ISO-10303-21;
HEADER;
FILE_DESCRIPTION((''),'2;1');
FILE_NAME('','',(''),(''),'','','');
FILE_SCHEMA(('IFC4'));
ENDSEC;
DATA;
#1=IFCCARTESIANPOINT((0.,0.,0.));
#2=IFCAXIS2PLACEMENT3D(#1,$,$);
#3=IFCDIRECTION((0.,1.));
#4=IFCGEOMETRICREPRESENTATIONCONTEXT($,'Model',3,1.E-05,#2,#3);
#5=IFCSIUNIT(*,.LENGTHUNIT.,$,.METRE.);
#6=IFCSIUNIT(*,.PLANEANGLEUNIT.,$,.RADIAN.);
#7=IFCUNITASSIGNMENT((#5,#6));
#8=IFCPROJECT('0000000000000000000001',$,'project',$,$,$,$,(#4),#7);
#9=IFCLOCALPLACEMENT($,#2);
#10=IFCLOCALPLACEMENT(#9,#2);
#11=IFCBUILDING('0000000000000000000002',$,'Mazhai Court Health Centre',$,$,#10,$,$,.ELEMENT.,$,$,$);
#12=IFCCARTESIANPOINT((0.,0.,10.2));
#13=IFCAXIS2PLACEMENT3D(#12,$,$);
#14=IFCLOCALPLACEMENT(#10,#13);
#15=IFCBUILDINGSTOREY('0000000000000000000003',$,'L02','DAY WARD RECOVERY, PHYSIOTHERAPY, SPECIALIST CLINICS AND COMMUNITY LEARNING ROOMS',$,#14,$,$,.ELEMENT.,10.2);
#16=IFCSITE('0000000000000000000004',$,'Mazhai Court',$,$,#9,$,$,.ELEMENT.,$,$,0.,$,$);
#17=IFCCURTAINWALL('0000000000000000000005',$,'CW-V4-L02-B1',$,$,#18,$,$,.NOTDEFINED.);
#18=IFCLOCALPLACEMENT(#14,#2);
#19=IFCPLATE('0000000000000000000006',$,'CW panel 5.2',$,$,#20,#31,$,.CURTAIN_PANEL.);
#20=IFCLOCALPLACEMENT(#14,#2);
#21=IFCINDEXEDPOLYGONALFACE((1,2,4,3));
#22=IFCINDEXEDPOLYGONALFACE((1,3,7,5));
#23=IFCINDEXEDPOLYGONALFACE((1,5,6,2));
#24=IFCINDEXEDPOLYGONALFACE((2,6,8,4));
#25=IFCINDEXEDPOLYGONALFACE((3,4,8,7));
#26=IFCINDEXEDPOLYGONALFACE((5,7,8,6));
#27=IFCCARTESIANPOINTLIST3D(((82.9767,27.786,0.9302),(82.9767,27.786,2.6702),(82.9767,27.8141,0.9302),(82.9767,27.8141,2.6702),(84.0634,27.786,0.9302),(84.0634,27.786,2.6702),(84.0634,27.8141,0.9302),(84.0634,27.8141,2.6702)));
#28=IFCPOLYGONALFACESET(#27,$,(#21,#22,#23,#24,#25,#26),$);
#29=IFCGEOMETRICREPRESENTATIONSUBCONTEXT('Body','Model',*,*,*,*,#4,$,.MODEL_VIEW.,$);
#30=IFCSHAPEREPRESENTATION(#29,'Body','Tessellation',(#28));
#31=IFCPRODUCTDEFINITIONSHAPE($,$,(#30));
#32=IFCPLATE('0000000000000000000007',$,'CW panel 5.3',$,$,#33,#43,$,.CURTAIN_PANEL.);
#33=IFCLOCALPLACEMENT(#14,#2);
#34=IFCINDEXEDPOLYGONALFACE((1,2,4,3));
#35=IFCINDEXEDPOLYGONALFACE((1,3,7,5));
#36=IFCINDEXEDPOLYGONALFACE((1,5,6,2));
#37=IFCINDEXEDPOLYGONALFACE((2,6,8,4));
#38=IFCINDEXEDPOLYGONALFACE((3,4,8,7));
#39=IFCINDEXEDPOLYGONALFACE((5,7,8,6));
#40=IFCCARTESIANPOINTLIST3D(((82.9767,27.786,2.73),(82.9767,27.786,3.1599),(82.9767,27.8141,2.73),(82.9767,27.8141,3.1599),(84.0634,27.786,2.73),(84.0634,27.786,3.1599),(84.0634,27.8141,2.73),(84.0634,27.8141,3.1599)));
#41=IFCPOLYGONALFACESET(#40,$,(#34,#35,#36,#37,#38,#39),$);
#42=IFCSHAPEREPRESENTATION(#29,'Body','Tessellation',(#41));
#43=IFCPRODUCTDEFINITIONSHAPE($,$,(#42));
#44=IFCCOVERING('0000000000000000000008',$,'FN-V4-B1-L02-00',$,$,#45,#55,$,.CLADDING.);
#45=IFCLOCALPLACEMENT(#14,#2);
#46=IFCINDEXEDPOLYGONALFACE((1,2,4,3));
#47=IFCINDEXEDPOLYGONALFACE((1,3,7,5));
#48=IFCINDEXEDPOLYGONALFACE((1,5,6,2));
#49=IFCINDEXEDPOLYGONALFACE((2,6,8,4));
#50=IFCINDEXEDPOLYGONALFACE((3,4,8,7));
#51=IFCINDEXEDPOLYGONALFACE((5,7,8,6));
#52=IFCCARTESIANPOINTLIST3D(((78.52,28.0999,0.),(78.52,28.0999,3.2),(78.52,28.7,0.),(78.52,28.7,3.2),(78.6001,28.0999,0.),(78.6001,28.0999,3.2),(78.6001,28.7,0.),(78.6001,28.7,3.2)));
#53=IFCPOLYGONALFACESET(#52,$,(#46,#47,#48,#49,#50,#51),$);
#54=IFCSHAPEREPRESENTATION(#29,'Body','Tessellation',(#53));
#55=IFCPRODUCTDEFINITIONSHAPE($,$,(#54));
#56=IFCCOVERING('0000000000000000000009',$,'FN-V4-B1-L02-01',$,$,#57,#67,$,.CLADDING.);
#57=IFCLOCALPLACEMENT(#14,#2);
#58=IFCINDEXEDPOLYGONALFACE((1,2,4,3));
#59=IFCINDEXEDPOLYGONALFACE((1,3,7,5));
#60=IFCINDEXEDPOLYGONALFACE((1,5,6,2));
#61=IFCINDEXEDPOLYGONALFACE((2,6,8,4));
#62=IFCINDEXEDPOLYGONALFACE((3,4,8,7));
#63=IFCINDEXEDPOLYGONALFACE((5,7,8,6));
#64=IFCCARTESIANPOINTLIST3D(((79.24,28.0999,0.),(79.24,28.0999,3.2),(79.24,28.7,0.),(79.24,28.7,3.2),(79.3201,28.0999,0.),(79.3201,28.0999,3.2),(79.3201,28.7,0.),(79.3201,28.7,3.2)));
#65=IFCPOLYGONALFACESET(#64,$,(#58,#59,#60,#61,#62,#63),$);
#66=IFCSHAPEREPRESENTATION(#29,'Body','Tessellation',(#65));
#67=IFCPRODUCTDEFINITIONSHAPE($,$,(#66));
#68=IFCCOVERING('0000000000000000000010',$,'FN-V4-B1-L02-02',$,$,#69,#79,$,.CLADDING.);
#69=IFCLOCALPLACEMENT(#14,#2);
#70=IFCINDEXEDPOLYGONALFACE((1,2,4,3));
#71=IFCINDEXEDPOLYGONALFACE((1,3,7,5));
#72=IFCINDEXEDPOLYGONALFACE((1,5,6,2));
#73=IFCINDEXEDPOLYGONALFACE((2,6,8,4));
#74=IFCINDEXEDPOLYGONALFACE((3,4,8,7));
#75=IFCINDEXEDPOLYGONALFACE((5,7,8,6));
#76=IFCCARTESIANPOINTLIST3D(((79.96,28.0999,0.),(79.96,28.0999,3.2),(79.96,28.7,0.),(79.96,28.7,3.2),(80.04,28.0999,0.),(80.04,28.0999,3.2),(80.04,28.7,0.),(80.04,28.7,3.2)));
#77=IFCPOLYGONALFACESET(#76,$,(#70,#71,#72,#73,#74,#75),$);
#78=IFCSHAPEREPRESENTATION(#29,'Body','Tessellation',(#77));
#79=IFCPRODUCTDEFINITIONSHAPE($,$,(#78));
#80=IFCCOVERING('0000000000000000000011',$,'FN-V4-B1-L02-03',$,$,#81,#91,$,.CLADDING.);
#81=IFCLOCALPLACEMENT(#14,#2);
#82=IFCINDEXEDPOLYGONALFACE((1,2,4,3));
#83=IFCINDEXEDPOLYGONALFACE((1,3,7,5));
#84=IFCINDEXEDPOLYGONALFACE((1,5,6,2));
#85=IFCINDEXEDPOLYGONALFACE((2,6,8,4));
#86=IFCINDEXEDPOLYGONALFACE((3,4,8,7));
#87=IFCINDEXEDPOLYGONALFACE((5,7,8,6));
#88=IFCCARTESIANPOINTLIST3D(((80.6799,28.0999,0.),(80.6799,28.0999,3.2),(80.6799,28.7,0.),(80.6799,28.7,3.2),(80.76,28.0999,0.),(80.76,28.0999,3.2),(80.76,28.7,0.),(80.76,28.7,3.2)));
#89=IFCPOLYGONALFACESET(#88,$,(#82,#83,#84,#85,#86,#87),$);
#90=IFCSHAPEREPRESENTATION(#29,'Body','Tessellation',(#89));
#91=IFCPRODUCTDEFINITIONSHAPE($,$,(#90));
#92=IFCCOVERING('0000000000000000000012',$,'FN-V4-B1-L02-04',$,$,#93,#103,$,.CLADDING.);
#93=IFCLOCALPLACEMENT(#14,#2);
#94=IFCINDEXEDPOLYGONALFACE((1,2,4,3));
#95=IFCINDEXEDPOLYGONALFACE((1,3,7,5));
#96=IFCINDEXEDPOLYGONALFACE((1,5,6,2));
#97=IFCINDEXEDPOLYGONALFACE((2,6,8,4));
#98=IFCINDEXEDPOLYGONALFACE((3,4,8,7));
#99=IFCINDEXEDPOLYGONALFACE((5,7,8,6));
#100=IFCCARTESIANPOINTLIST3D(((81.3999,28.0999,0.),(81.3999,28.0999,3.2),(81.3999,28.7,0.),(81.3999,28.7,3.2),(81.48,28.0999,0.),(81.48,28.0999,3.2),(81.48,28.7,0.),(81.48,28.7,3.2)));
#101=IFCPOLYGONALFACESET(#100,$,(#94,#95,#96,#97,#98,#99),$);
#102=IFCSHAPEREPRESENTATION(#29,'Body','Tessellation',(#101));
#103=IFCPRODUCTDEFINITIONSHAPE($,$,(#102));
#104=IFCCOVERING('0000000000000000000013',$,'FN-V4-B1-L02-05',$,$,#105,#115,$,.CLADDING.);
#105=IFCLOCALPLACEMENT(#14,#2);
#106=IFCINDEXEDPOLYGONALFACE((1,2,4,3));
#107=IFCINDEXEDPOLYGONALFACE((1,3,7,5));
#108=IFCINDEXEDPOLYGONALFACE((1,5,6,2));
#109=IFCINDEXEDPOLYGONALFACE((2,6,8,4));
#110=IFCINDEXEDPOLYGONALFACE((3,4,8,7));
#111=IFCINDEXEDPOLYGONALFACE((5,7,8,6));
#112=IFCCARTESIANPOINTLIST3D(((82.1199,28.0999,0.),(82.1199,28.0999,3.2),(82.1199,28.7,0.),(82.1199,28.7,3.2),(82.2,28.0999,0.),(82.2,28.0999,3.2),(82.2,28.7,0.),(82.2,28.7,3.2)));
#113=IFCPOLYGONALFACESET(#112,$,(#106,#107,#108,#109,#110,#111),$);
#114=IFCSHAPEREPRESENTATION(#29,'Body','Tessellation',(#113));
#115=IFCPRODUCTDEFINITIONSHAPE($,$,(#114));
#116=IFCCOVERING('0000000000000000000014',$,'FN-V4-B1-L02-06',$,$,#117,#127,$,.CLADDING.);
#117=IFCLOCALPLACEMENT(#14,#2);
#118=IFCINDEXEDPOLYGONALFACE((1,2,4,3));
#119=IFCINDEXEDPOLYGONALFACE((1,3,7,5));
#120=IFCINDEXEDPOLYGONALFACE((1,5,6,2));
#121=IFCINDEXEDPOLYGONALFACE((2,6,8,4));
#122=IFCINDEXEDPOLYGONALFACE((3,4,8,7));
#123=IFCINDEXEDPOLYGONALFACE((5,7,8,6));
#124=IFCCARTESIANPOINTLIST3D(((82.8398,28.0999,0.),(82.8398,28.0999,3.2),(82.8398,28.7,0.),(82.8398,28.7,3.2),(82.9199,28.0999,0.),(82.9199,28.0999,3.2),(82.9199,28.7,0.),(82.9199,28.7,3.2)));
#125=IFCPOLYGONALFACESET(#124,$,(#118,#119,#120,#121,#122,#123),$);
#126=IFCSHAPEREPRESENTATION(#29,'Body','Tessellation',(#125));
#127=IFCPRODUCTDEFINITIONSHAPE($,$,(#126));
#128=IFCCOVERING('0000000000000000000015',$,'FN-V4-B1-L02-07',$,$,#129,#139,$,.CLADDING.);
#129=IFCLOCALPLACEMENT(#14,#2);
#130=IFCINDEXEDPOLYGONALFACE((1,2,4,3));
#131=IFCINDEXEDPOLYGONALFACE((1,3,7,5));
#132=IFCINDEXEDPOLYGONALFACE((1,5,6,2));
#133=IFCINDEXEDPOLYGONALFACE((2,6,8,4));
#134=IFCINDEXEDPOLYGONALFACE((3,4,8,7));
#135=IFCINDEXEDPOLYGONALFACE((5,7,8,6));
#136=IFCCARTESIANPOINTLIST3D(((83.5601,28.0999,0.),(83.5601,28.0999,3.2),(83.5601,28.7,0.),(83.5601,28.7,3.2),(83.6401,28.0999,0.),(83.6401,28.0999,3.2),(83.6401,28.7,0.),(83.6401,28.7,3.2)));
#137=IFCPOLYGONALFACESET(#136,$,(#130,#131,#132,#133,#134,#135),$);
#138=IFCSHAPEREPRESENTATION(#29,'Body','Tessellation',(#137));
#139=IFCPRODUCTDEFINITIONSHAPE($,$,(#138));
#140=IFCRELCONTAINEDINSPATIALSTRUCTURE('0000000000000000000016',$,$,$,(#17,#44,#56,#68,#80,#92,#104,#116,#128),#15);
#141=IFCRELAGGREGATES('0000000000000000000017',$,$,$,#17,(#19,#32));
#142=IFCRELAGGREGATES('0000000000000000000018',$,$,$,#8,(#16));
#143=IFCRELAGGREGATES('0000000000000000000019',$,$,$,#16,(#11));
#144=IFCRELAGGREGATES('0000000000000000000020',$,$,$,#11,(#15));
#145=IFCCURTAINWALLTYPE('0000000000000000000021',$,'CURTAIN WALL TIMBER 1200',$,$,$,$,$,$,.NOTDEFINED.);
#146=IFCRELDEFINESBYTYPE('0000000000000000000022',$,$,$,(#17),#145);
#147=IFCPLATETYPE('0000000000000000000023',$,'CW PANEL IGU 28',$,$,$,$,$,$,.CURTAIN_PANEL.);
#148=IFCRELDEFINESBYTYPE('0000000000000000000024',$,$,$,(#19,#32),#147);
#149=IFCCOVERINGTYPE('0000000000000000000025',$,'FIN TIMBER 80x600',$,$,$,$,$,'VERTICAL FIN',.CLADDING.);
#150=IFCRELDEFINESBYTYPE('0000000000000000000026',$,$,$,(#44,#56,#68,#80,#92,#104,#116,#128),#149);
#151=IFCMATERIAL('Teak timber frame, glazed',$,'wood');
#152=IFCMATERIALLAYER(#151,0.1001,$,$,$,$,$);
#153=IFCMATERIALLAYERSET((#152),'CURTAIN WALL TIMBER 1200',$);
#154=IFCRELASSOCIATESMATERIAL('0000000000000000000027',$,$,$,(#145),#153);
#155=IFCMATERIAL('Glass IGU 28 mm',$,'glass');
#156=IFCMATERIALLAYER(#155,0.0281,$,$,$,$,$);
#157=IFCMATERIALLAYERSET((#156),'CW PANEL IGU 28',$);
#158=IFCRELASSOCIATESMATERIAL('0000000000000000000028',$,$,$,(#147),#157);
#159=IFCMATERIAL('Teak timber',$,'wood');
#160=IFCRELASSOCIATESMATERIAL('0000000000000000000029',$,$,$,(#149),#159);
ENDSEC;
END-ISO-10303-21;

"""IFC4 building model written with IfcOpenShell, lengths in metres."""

from ifc_helpers import new_model, si_unit, direction, frame, origin, origin_2d, place, context, subcontext, project, spatial, rectangle, extrude, material, layer, layer_set, type_object, element, aggregate, save


model = new_model("IFC4")

# Units and contexts
model_context = context("Model", 3, precision=1e-05, world=origin(), true_north=direction((0.0, 1.0)))
body_context = subcontext(model_context, "Body", "Model", "MODEL_VIEW")
ifc_project = project(units=[si_unit("LENGTHUNIT", "METRE"), si_unit("PLANEANGLEUNIT", "RADIAN")], contexts=[model_context])

# Site, building, storey
site_placement = place(None, origin())
site = spatial("IfcSite", under=ifc_project, at=site_placement, Name="Mazhai Court", CompositionType="ELEMENT", RefElevation=0.0)
building_placement = place(site_placement, origin())
building = spatial("IfcBuilding", under=site, at=building_placement, Name="Mazhai Court Health Centre", CompositionType="ELEMENT")
storey_placement = place(building_placement, frame((0.0, 0.0, 10.2)))
storey = spatial("IfcBuildingStorey", under=building, at=storey_placement, Name="L02", Description="DAY WARD RECOVERY, PHYSIOTHERAPY, SPECIALIST CLINICS AND COMMUNITY LEARNING ROOMS", CompositionType="ELEMENT", Elevation=10.2)

# Curtain wall
ifc_material_1 = material(Name="Teak timber frame, glazed", Category="wood")
ifc_layer_1 = layer(ifc_material_1, 0.1001)
ifc_layer_set_1 = layer_set([ifc_layer_1], Name="CURTAIN WALL TIMBER 1200")
curtain_wall_type = type_object("IfcCurtainWallType", Name="CURTAIN WALL TIMBER 1200", PredefinedType="NOTDEFINED", material=ifc_layer_set_1)
curtain_wall_placement = place(storey_placement, origin())
curtain_wall = element("IfcCurtainWall", 1, at=curtain_wall_placement, inside=storey, type_object=curtain_wall_type, Name="CW-V4-L02-B1", PredefinedType="NOTDEFINED")

# Plates
ifc_material_2 = material(Name="Glass IGU 28 mm", Category="glass")
ifc_layer_2 = layer(ifc_material_2, 0.0281)
ifc_layer_set_2 = layer_set([ifc_layer_2], Name="CW PANEL IGU 28")
plate_type = type_object("IfcPlateType", Name="CW PANEL IGU 28", PredefinedType="CURTAIN_PANEL", material=ifc_layer_set_2)
plate_1_placement = place(storey_placement, frame((83.52, 27.8, 0.9302), z_axis=(0.0, 0.0, 1.0), x_axis=(1.0, 0.0, 0.0)))
plate_1 = element("IfcPlate", 2, at=plate_1_placement, type_object=plate_type, Name="CW panel 5.2", PredefinedType="CURTAIN_PANEL", context=body_context, shape_type="SweptSolid", body=[
    extrude(rectangle(XDim=1.0867, YDim=0.0281, at=origin_2d()), origin(), (0.0, 0.0, 1.0), 1.74),
])
plate_2_placement = place(storey_placement, frame((83.52, 27.8, 2.73), z_axis=(0.0, 0.0, 1.0), x_axis=(1.0, 0.0, 0.0)))
plate_2 = element("IfcPlate", 3, at=plate_2_placement, type_object=plate_type, Name="CW panel 5.3", PredefinedType="CURTAIN_PANEL", context=body_context, shape_type="SweptSolid", body=[
    extrude(rectangle(XDim=1.0867, YDim=0.0281, at=origin_2d()), origin(), (0.0, 0.0, 1.0), 0.4299),
])
aggregate(curtain_wall, [plate_1, plate_2])

# Coverings
ifc_material_3 = material(Name="Teak timber", Category="wood")
covering_type = type_object("IfcCoveringType", Name="FIN TIMBER 80x600", ElementType="VERTICAL FIN", PredefinedType="CLADDING", material=ifc_material_3)
for number, where, z_axis, x_axis, name in (
    (4, (78.5601, 28.3999, 0.0), (0.0, 0.0, 1.0), (1.0, 0.0, 0.0), "FN-V4-B1-L02-00"),
    (5, (79.28, 28.3999, 0.0), (0.0, 0.0, 1.0), (1.0, 0.0, 0.0), "FN-V4-B1-L02-01"),
    (6, (80.0, 28.3999, 0.0), (0.0, 0.0, 1.0), (1.0, 0.0, 0.0), "FN-V4-B1-L02-02"),
    (7, (80.72, 28.3999, 0.0), (0.0, 0.0, 1.0), (1.0, 0.0, 0.0), "FN-V4-B1-L02-03"),
    (8, (81.4399, 28.3999, 0.0), (0.0, 0.0, 1.0), (1.0, 0.0, 0.0), "FN-V4-B1-L02-04"),
    (9, (82.1599, 28.3999, 0.0), (0.0, 0.0, 1.0), (1.0, 0.0, 0.0), "FN-V4-B1-L02-05"),
    (10, (82.8799, 28.3999, 0.0), (0.0, 0.0, 1.0), (1.0, 0.0, 0.0), "FN-V4-B1-L02-06"),
    (11, (83.6001, 28.3999, 0.0), (0.0, 0.0, 1.0), (1.0, 0.0, 0.0), "FN-V4-B1-L02-07"),
):
    element("IfcCovering", number, at=place(storey_placement, frame(where, z_axis=z_axis, x_axis=x_axis)), inside=storey, type_object=covering_type, Name=name, PredefinedType="CLADDING", context=body_context, shape_type="SweptSolid", body=[
        extrude(rectangle(XDim=0.0801, YDim=0.6001, at=origin_2d()), origin(), (0.0, 0.0, 1.0), 3.2),
    ])

save(model, "model.ifc")
